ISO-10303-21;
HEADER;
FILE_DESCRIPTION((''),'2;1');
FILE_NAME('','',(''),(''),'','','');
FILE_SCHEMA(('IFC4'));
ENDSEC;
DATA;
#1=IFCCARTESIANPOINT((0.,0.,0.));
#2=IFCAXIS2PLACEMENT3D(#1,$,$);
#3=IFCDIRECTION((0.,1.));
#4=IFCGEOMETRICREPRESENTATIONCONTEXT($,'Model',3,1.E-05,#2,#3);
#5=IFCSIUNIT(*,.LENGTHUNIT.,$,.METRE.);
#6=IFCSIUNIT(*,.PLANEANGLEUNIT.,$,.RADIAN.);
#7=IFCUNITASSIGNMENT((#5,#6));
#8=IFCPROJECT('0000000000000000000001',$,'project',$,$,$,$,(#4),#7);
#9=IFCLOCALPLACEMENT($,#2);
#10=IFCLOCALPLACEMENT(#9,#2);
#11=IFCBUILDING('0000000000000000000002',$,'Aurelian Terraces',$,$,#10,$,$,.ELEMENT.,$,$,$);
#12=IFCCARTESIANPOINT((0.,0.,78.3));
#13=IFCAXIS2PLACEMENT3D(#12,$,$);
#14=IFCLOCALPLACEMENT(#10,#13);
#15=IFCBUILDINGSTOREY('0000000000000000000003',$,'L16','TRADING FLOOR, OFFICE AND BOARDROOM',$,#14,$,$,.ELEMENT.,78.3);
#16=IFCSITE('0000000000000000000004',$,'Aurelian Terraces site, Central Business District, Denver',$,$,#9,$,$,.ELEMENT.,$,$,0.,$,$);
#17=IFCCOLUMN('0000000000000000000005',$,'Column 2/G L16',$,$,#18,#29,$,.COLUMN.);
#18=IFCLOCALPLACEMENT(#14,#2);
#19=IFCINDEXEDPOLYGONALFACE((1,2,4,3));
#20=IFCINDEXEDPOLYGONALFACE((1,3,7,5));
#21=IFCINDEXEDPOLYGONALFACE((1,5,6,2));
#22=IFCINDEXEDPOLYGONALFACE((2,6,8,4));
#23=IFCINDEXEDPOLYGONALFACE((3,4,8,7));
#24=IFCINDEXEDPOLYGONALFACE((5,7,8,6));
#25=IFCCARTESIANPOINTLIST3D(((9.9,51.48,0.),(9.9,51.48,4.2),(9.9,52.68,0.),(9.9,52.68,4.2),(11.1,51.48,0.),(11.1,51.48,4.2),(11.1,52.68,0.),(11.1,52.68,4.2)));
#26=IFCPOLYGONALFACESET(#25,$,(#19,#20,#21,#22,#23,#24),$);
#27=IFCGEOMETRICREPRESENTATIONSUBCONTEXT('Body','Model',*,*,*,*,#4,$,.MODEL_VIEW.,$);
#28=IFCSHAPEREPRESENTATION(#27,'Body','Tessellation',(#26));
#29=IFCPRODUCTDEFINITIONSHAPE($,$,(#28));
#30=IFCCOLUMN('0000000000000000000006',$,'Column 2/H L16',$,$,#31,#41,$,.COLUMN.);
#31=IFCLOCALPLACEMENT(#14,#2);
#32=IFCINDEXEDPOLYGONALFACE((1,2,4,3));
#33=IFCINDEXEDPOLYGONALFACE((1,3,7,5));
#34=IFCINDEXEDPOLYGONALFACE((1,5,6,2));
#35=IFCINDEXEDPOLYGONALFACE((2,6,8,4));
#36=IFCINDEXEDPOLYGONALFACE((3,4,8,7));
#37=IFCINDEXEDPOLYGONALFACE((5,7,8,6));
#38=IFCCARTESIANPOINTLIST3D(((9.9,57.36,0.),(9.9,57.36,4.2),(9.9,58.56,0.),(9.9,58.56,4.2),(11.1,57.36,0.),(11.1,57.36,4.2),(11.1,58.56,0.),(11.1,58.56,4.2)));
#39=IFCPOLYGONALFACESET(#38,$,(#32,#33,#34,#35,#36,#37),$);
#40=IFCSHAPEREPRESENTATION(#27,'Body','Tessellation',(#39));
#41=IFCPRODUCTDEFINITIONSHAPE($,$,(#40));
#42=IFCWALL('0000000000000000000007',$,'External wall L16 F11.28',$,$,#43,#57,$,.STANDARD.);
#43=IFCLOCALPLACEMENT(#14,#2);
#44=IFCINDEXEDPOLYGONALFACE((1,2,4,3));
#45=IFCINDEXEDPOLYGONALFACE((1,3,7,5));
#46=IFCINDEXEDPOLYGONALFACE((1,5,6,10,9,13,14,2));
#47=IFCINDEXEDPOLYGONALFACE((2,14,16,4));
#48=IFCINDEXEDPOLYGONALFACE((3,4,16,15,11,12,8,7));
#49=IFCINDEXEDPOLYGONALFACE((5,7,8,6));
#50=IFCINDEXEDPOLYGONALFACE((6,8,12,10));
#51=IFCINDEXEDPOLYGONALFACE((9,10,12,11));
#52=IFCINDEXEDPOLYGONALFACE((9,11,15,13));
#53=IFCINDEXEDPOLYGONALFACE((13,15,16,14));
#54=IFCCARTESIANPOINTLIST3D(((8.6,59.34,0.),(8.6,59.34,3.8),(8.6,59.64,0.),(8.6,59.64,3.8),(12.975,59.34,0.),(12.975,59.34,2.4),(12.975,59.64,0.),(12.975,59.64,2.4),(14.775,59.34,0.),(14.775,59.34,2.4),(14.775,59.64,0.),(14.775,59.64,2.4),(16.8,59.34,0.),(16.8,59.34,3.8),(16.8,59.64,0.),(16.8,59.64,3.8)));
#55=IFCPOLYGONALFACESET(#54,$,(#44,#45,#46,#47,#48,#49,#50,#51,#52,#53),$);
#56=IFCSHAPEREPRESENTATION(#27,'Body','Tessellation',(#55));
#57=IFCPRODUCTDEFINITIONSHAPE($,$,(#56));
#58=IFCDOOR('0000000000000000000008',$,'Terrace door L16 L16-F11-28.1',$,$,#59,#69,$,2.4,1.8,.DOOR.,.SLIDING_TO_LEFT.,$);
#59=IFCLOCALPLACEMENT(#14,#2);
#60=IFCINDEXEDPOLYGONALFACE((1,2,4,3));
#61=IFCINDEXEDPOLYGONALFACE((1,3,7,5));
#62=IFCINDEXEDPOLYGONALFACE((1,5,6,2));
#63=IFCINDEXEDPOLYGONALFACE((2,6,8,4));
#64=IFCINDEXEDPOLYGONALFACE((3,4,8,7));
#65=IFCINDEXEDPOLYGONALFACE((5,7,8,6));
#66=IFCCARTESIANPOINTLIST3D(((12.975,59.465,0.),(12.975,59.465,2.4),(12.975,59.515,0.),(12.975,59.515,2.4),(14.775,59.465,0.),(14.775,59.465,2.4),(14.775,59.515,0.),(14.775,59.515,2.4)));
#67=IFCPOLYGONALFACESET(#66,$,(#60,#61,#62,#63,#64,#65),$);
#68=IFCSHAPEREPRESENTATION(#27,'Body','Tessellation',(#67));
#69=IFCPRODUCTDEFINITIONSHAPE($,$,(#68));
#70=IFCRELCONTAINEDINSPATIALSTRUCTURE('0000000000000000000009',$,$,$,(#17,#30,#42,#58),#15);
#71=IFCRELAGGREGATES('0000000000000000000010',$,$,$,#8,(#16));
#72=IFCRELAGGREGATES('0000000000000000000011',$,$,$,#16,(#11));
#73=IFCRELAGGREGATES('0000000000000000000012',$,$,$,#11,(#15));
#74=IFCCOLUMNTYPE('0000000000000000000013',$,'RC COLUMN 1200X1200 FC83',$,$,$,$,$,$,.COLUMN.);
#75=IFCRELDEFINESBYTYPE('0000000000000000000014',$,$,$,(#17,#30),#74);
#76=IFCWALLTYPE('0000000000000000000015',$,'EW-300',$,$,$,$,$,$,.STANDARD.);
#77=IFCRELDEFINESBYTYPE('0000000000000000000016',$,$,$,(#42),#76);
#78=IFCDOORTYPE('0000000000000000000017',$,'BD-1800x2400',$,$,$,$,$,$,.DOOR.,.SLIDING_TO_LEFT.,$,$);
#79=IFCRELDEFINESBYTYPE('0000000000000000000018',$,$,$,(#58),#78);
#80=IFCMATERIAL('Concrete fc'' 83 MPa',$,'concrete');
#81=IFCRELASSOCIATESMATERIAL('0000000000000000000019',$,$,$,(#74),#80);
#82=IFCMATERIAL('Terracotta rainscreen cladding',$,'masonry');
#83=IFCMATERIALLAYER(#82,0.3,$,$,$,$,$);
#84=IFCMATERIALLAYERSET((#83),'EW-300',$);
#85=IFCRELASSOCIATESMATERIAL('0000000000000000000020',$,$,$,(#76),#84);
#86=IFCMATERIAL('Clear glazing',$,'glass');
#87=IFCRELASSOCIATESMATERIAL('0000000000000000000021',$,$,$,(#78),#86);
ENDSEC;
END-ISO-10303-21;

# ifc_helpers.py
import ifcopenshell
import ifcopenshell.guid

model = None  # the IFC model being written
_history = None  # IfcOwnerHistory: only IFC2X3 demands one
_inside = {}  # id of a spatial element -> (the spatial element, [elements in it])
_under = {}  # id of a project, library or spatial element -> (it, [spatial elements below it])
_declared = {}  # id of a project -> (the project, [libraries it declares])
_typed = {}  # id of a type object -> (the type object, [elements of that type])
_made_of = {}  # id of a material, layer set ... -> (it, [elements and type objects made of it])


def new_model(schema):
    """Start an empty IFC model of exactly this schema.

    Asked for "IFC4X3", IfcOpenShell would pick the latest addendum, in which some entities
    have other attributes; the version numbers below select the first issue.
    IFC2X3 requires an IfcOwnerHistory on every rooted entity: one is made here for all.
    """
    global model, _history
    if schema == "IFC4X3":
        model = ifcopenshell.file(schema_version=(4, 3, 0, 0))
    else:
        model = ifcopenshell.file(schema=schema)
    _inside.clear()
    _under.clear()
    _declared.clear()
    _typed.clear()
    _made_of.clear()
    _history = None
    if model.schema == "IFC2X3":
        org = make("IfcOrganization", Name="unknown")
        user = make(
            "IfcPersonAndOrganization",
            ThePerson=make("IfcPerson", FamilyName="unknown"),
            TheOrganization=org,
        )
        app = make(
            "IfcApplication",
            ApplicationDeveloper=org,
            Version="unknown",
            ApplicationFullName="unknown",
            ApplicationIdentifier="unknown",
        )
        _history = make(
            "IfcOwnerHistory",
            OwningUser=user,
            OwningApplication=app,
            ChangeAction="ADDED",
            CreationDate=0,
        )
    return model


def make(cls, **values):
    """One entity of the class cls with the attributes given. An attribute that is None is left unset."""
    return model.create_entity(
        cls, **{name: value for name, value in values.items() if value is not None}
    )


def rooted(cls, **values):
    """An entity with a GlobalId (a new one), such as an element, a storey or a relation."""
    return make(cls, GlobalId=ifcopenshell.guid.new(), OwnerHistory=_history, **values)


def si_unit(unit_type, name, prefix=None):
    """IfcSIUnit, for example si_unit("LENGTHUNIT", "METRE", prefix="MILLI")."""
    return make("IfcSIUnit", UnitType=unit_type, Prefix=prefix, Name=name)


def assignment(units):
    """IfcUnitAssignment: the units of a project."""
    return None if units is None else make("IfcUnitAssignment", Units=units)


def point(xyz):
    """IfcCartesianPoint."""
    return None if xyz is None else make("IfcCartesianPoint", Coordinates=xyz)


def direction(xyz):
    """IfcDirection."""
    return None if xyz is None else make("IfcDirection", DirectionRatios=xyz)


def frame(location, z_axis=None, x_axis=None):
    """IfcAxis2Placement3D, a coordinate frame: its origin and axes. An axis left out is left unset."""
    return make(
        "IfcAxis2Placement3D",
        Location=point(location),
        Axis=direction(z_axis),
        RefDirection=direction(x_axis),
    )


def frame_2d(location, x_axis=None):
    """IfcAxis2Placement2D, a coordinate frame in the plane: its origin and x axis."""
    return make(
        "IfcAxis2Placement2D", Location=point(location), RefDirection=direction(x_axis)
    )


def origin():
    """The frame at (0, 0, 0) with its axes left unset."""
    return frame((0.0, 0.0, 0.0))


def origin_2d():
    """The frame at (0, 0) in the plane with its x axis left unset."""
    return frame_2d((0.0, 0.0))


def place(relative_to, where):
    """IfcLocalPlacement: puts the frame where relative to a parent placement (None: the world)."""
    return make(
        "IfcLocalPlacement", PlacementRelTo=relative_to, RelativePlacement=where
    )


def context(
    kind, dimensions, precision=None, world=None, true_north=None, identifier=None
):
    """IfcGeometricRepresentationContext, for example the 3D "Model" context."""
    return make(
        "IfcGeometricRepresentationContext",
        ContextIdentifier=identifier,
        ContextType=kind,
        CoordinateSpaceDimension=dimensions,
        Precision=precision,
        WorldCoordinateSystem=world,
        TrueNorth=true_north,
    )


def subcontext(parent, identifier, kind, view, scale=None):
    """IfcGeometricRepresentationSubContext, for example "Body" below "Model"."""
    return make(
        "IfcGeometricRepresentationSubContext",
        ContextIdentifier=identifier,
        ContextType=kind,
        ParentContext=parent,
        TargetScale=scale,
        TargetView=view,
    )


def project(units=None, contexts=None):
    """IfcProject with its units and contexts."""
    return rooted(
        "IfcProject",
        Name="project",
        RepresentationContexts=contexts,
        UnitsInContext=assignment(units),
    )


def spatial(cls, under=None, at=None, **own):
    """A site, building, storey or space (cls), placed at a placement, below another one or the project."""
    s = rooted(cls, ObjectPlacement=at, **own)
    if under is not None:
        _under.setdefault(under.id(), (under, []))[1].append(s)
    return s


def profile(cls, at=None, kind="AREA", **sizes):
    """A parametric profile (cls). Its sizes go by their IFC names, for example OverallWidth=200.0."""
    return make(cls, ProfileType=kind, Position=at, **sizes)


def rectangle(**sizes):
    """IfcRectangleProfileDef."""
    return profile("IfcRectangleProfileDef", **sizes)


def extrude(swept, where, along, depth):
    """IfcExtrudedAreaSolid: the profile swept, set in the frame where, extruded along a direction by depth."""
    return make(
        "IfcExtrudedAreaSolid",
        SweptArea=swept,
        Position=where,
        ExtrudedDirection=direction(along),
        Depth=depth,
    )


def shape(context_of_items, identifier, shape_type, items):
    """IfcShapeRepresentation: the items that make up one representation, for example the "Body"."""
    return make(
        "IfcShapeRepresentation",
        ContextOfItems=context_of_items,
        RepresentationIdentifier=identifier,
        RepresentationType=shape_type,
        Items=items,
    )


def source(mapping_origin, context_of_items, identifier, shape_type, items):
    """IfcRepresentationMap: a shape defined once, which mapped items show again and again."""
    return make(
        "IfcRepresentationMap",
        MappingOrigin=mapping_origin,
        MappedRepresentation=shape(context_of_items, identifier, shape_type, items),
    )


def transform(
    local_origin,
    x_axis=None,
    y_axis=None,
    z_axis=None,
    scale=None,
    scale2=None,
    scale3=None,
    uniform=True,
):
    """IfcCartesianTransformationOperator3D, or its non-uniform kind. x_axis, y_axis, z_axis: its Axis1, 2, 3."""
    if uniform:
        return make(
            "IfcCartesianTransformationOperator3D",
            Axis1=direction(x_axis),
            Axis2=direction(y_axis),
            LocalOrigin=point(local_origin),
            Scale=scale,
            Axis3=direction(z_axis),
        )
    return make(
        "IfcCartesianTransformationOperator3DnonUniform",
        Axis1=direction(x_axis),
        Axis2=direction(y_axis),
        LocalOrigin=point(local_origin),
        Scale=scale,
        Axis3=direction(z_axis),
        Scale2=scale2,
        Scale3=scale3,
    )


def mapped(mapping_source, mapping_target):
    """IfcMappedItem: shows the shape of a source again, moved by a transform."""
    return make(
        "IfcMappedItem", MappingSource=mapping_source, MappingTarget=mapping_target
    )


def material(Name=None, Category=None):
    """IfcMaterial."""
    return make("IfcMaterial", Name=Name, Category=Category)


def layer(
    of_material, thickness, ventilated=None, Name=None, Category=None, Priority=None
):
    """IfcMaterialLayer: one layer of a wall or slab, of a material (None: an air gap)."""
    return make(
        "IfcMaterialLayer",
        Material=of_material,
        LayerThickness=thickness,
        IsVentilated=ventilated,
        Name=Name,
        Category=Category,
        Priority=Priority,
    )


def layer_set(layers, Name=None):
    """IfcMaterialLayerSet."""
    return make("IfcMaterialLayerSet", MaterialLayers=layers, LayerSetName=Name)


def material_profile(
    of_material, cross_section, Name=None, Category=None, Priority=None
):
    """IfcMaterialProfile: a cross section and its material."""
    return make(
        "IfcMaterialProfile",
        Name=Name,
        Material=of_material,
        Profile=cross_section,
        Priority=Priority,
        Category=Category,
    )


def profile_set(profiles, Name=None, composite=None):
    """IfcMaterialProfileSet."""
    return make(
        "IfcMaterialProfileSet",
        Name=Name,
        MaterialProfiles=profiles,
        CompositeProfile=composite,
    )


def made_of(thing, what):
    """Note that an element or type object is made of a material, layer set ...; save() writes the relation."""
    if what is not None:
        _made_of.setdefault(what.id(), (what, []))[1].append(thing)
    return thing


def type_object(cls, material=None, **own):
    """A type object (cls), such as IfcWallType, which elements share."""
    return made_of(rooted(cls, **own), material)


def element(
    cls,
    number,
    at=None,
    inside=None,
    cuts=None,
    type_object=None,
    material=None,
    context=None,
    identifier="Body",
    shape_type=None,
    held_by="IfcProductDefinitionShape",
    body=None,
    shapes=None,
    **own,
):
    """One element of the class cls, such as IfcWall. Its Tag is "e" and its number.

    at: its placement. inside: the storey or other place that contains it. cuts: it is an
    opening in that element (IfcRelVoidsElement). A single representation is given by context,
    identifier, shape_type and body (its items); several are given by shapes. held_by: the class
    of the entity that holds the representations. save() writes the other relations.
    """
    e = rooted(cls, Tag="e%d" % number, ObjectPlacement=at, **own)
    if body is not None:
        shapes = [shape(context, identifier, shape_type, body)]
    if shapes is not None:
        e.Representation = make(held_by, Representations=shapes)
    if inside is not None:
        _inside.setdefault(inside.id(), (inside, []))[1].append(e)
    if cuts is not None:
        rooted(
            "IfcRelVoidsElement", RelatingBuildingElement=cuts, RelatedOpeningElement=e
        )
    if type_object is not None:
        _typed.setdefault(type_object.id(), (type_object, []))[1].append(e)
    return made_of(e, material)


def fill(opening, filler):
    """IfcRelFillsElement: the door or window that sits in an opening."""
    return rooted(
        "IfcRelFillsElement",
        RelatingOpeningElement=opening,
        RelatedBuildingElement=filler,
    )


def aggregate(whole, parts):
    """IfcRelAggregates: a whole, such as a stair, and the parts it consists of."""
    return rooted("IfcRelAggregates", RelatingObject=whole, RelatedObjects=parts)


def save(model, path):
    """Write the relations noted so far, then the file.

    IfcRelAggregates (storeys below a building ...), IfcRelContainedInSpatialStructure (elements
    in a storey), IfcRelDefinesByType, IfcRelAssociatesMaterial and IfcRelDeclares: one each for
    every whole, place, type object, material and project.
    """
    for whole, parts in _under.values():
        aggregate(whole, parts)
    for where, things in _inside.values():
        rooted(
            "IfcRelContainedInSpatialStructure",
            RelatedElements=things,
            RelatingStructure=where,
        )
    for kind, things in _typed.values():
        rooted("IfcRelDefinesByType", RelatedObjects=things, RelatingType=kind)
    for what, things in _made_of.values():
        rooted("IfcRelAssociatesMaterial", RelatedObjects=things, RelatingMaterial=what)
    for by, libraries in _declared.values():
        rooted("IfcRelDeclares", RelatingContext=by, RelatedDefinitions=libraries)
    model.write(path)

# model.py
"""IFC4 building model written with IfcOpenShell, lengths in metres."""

from ifc_helpers import new_model, si_unit, direction, frame, frame_2d, origin, origin_2d, place, context, subcontext, project, spatial, rectangle, extrude, source, transform, mapped, material, layer, layer_set, material_profile, profile_set, type_object, element, fill, save


model = new_model("IFC4")

# Units and contexts
model_context = context("Model", 3, precision=1e-05, world=origin(), true_north=direction((0.0, 1.0)))
body_context = subcontext(model_context, "Body", "Model", "MODEL_VIEW")
ifc_project = project(units=[si_unit("LENGTHUNIT", "METRE"), si_unit("PLANEANGLEUNIT", "RADIAN")], contexts=[model_context])

# Site, building, storey
site_placement = place(None, origin())
site = spatial("IfcSite", under=ifc_project, at=site_placement, Name="Aurelian Terraces site, Central Business District, Denver", CompositionType="ELEMENT", RefElevation=0.0)
building_placement = place(site_placement, origin())
building = spatial("IfcBuilding", under=site, at=building_placement, Name="Aurelian Terraces", CompositionType="ELEMENT")
storey_placement = place(building_placement, frame((0.0, 0.0, 78.3)))
storey = spatial("IfcBuildingStorey", under=building, at=storey_placement, Name="L16", Description="TRADING FLOOR, OFFICE AND BOARDROOM", CompositionType="ELEMENT", Elevation=78.3)

# Columns
ifc_material_1 = material(Name="Concrete fc' 83 MPa", Category="concrete")
ifc_material_profile = material_profile(ifc_material_1, rectangle(XDim=1.2, YDim=1.2, at=origin_2d()))
ifc_profile_set = profile_set([ifc_material_profile], Name="Concrete fc' 83 MPa")
column_type = type_object("IfcColumnType", Name="RC COLUMN 1200X1200 FC83", PredefinedType="COLUMN", material=ifc_profile_set)
shared_shape_1 = source(origin(), body_context, "Body", "SweptSolid", [
    extrude(rectangle(XDim=1.2, YDim=1.2, at=origin_2d()), origin(), (0.0, 0.0, 1.0), 4.2),
])
for number, where, z_axis, x_axis, name in (
    (1, (10.5, 52.08, 0.0), (0.0, 0.0, 1.0), (1.0, 0.0, 0.0), "Column 2/G L16"),
    (2, (10.5, 57.96, 0.0), (0.0, 0.0, 1.0), (1.0, 0.0, 0.0), "Column 2/H L16"),
):
    element("IfcColumn", number, at=place(storey_placement, frame(where, z_axis=z_axis, x_axis=x_axis)), inside=storey, type_object=column_type, Name=name, PredefinedType="COLUMN", context=body_context, shape_type="MappedRepresentation", body=[
        mapped(shared_shape_1, transform((0.0, 0.0, 0.0), scale=1.0)),
    ])

# Wall, opening, door
ifc_material_2 = material(Name="Terracotta rainscreen cladding", Category="masonry")
ifc_layer_1 = layer(ifc_material_2, 0.3)
ifc_layer_set_1 = layer_set([ifc_layer_1], Name="EW-300")
wall_type_1 = type_object("IfcWallType", Name="EW-300", PredefinedType="STANDARD", material=ifc_layer_set_1)
wall_1_placement = place(storey_placement, frame((16.8, 59.49, 0.0), z_axis=(0.0, 0.0, 1.0), x_axis=(-1.0, 0.0, 0.0)))
wall_1 = element("IfcWall", 3, at=wall_1_placement, inside=storey, type_object=wall_type_1, Name="External wall L16 F11.28", PredefinedType="STANDARD", context=body_context, shape_type="SweptSolid", body=[
    extrude(rectangle(XDim=8.2, YDim=0.3, at=frame_2d((4.1, 0.0))), origin(), (0.0, 0.0, 1.0), 3.8),
])
shared_shape_2 = source(origin(), body_context, "Body", "SweptSolid", [
    extrude(rectangle(XDim=1.8, YDim=2.4, at=frame_2d((0.9, 1.2))), frame((0.0, 0.16, 0.0), z_axis=(0.0, -1.0, 0.0), x_axis=(1.0, 0.0, 0.0)), (0.0, 0.0, 1.0), 0.32),
])
opening_1_placement = place(wall_1_placement, frame((2.025, 0.0, 0.0)))
opening_1 = element("IfcOpeningElement", 4, at=opening_1_placement, cuts=wall_1, PredefinedType="OPENING", context=body_context, shape_type="MappedRepresentation", body=[
    mapped(shared_shape_2, transform((0.0, 0.0, 0.0), scale=1.0)),
])
ifc_material_3 = material(Name="Clear glazing", Category="glass")
door_type_1 = type_object("IfcDoorType", Name="BD-1800x2400", OperationType="SLIDING_TO_LEFT", PredefinedType="DOOR", material=ifc_material_3)
shared_shape_3 = source(origin(), body_context, "Body", "SweptSolid", [
    extrude(rectangle(XDim=1.8, YDim=2.4, at=frame_2d((0.9, 1.2))), frame((0.0, 0.025, 0.0), z_axis=(0.0, -1.0, 0.0), x_axis=(1.0, 0.0, 0.0)), (0.0, 0.0, 1.0), 0.05),
])
door_1_placement = place(opening_1_placement, origin())
door_1 = element("IfcDoor", 5, at=door_1_placement, inside=storey, type_object=door_type_1, Name="Terrace door L16 L16-F11-28.1", OperationType="SLIDING_TO_LEFT", OverallHeight=2.4, OverallWidth=1.8, PredefinedType="DOOR", context=body_context, shape_type="MappedRepresentation", body=[
    mapped(shared_shape_3, transform((0.0, 0.0, 0.0), scale=1.0)),
])
fill(opening_1, door_1)

save(model, "model.ifc")
